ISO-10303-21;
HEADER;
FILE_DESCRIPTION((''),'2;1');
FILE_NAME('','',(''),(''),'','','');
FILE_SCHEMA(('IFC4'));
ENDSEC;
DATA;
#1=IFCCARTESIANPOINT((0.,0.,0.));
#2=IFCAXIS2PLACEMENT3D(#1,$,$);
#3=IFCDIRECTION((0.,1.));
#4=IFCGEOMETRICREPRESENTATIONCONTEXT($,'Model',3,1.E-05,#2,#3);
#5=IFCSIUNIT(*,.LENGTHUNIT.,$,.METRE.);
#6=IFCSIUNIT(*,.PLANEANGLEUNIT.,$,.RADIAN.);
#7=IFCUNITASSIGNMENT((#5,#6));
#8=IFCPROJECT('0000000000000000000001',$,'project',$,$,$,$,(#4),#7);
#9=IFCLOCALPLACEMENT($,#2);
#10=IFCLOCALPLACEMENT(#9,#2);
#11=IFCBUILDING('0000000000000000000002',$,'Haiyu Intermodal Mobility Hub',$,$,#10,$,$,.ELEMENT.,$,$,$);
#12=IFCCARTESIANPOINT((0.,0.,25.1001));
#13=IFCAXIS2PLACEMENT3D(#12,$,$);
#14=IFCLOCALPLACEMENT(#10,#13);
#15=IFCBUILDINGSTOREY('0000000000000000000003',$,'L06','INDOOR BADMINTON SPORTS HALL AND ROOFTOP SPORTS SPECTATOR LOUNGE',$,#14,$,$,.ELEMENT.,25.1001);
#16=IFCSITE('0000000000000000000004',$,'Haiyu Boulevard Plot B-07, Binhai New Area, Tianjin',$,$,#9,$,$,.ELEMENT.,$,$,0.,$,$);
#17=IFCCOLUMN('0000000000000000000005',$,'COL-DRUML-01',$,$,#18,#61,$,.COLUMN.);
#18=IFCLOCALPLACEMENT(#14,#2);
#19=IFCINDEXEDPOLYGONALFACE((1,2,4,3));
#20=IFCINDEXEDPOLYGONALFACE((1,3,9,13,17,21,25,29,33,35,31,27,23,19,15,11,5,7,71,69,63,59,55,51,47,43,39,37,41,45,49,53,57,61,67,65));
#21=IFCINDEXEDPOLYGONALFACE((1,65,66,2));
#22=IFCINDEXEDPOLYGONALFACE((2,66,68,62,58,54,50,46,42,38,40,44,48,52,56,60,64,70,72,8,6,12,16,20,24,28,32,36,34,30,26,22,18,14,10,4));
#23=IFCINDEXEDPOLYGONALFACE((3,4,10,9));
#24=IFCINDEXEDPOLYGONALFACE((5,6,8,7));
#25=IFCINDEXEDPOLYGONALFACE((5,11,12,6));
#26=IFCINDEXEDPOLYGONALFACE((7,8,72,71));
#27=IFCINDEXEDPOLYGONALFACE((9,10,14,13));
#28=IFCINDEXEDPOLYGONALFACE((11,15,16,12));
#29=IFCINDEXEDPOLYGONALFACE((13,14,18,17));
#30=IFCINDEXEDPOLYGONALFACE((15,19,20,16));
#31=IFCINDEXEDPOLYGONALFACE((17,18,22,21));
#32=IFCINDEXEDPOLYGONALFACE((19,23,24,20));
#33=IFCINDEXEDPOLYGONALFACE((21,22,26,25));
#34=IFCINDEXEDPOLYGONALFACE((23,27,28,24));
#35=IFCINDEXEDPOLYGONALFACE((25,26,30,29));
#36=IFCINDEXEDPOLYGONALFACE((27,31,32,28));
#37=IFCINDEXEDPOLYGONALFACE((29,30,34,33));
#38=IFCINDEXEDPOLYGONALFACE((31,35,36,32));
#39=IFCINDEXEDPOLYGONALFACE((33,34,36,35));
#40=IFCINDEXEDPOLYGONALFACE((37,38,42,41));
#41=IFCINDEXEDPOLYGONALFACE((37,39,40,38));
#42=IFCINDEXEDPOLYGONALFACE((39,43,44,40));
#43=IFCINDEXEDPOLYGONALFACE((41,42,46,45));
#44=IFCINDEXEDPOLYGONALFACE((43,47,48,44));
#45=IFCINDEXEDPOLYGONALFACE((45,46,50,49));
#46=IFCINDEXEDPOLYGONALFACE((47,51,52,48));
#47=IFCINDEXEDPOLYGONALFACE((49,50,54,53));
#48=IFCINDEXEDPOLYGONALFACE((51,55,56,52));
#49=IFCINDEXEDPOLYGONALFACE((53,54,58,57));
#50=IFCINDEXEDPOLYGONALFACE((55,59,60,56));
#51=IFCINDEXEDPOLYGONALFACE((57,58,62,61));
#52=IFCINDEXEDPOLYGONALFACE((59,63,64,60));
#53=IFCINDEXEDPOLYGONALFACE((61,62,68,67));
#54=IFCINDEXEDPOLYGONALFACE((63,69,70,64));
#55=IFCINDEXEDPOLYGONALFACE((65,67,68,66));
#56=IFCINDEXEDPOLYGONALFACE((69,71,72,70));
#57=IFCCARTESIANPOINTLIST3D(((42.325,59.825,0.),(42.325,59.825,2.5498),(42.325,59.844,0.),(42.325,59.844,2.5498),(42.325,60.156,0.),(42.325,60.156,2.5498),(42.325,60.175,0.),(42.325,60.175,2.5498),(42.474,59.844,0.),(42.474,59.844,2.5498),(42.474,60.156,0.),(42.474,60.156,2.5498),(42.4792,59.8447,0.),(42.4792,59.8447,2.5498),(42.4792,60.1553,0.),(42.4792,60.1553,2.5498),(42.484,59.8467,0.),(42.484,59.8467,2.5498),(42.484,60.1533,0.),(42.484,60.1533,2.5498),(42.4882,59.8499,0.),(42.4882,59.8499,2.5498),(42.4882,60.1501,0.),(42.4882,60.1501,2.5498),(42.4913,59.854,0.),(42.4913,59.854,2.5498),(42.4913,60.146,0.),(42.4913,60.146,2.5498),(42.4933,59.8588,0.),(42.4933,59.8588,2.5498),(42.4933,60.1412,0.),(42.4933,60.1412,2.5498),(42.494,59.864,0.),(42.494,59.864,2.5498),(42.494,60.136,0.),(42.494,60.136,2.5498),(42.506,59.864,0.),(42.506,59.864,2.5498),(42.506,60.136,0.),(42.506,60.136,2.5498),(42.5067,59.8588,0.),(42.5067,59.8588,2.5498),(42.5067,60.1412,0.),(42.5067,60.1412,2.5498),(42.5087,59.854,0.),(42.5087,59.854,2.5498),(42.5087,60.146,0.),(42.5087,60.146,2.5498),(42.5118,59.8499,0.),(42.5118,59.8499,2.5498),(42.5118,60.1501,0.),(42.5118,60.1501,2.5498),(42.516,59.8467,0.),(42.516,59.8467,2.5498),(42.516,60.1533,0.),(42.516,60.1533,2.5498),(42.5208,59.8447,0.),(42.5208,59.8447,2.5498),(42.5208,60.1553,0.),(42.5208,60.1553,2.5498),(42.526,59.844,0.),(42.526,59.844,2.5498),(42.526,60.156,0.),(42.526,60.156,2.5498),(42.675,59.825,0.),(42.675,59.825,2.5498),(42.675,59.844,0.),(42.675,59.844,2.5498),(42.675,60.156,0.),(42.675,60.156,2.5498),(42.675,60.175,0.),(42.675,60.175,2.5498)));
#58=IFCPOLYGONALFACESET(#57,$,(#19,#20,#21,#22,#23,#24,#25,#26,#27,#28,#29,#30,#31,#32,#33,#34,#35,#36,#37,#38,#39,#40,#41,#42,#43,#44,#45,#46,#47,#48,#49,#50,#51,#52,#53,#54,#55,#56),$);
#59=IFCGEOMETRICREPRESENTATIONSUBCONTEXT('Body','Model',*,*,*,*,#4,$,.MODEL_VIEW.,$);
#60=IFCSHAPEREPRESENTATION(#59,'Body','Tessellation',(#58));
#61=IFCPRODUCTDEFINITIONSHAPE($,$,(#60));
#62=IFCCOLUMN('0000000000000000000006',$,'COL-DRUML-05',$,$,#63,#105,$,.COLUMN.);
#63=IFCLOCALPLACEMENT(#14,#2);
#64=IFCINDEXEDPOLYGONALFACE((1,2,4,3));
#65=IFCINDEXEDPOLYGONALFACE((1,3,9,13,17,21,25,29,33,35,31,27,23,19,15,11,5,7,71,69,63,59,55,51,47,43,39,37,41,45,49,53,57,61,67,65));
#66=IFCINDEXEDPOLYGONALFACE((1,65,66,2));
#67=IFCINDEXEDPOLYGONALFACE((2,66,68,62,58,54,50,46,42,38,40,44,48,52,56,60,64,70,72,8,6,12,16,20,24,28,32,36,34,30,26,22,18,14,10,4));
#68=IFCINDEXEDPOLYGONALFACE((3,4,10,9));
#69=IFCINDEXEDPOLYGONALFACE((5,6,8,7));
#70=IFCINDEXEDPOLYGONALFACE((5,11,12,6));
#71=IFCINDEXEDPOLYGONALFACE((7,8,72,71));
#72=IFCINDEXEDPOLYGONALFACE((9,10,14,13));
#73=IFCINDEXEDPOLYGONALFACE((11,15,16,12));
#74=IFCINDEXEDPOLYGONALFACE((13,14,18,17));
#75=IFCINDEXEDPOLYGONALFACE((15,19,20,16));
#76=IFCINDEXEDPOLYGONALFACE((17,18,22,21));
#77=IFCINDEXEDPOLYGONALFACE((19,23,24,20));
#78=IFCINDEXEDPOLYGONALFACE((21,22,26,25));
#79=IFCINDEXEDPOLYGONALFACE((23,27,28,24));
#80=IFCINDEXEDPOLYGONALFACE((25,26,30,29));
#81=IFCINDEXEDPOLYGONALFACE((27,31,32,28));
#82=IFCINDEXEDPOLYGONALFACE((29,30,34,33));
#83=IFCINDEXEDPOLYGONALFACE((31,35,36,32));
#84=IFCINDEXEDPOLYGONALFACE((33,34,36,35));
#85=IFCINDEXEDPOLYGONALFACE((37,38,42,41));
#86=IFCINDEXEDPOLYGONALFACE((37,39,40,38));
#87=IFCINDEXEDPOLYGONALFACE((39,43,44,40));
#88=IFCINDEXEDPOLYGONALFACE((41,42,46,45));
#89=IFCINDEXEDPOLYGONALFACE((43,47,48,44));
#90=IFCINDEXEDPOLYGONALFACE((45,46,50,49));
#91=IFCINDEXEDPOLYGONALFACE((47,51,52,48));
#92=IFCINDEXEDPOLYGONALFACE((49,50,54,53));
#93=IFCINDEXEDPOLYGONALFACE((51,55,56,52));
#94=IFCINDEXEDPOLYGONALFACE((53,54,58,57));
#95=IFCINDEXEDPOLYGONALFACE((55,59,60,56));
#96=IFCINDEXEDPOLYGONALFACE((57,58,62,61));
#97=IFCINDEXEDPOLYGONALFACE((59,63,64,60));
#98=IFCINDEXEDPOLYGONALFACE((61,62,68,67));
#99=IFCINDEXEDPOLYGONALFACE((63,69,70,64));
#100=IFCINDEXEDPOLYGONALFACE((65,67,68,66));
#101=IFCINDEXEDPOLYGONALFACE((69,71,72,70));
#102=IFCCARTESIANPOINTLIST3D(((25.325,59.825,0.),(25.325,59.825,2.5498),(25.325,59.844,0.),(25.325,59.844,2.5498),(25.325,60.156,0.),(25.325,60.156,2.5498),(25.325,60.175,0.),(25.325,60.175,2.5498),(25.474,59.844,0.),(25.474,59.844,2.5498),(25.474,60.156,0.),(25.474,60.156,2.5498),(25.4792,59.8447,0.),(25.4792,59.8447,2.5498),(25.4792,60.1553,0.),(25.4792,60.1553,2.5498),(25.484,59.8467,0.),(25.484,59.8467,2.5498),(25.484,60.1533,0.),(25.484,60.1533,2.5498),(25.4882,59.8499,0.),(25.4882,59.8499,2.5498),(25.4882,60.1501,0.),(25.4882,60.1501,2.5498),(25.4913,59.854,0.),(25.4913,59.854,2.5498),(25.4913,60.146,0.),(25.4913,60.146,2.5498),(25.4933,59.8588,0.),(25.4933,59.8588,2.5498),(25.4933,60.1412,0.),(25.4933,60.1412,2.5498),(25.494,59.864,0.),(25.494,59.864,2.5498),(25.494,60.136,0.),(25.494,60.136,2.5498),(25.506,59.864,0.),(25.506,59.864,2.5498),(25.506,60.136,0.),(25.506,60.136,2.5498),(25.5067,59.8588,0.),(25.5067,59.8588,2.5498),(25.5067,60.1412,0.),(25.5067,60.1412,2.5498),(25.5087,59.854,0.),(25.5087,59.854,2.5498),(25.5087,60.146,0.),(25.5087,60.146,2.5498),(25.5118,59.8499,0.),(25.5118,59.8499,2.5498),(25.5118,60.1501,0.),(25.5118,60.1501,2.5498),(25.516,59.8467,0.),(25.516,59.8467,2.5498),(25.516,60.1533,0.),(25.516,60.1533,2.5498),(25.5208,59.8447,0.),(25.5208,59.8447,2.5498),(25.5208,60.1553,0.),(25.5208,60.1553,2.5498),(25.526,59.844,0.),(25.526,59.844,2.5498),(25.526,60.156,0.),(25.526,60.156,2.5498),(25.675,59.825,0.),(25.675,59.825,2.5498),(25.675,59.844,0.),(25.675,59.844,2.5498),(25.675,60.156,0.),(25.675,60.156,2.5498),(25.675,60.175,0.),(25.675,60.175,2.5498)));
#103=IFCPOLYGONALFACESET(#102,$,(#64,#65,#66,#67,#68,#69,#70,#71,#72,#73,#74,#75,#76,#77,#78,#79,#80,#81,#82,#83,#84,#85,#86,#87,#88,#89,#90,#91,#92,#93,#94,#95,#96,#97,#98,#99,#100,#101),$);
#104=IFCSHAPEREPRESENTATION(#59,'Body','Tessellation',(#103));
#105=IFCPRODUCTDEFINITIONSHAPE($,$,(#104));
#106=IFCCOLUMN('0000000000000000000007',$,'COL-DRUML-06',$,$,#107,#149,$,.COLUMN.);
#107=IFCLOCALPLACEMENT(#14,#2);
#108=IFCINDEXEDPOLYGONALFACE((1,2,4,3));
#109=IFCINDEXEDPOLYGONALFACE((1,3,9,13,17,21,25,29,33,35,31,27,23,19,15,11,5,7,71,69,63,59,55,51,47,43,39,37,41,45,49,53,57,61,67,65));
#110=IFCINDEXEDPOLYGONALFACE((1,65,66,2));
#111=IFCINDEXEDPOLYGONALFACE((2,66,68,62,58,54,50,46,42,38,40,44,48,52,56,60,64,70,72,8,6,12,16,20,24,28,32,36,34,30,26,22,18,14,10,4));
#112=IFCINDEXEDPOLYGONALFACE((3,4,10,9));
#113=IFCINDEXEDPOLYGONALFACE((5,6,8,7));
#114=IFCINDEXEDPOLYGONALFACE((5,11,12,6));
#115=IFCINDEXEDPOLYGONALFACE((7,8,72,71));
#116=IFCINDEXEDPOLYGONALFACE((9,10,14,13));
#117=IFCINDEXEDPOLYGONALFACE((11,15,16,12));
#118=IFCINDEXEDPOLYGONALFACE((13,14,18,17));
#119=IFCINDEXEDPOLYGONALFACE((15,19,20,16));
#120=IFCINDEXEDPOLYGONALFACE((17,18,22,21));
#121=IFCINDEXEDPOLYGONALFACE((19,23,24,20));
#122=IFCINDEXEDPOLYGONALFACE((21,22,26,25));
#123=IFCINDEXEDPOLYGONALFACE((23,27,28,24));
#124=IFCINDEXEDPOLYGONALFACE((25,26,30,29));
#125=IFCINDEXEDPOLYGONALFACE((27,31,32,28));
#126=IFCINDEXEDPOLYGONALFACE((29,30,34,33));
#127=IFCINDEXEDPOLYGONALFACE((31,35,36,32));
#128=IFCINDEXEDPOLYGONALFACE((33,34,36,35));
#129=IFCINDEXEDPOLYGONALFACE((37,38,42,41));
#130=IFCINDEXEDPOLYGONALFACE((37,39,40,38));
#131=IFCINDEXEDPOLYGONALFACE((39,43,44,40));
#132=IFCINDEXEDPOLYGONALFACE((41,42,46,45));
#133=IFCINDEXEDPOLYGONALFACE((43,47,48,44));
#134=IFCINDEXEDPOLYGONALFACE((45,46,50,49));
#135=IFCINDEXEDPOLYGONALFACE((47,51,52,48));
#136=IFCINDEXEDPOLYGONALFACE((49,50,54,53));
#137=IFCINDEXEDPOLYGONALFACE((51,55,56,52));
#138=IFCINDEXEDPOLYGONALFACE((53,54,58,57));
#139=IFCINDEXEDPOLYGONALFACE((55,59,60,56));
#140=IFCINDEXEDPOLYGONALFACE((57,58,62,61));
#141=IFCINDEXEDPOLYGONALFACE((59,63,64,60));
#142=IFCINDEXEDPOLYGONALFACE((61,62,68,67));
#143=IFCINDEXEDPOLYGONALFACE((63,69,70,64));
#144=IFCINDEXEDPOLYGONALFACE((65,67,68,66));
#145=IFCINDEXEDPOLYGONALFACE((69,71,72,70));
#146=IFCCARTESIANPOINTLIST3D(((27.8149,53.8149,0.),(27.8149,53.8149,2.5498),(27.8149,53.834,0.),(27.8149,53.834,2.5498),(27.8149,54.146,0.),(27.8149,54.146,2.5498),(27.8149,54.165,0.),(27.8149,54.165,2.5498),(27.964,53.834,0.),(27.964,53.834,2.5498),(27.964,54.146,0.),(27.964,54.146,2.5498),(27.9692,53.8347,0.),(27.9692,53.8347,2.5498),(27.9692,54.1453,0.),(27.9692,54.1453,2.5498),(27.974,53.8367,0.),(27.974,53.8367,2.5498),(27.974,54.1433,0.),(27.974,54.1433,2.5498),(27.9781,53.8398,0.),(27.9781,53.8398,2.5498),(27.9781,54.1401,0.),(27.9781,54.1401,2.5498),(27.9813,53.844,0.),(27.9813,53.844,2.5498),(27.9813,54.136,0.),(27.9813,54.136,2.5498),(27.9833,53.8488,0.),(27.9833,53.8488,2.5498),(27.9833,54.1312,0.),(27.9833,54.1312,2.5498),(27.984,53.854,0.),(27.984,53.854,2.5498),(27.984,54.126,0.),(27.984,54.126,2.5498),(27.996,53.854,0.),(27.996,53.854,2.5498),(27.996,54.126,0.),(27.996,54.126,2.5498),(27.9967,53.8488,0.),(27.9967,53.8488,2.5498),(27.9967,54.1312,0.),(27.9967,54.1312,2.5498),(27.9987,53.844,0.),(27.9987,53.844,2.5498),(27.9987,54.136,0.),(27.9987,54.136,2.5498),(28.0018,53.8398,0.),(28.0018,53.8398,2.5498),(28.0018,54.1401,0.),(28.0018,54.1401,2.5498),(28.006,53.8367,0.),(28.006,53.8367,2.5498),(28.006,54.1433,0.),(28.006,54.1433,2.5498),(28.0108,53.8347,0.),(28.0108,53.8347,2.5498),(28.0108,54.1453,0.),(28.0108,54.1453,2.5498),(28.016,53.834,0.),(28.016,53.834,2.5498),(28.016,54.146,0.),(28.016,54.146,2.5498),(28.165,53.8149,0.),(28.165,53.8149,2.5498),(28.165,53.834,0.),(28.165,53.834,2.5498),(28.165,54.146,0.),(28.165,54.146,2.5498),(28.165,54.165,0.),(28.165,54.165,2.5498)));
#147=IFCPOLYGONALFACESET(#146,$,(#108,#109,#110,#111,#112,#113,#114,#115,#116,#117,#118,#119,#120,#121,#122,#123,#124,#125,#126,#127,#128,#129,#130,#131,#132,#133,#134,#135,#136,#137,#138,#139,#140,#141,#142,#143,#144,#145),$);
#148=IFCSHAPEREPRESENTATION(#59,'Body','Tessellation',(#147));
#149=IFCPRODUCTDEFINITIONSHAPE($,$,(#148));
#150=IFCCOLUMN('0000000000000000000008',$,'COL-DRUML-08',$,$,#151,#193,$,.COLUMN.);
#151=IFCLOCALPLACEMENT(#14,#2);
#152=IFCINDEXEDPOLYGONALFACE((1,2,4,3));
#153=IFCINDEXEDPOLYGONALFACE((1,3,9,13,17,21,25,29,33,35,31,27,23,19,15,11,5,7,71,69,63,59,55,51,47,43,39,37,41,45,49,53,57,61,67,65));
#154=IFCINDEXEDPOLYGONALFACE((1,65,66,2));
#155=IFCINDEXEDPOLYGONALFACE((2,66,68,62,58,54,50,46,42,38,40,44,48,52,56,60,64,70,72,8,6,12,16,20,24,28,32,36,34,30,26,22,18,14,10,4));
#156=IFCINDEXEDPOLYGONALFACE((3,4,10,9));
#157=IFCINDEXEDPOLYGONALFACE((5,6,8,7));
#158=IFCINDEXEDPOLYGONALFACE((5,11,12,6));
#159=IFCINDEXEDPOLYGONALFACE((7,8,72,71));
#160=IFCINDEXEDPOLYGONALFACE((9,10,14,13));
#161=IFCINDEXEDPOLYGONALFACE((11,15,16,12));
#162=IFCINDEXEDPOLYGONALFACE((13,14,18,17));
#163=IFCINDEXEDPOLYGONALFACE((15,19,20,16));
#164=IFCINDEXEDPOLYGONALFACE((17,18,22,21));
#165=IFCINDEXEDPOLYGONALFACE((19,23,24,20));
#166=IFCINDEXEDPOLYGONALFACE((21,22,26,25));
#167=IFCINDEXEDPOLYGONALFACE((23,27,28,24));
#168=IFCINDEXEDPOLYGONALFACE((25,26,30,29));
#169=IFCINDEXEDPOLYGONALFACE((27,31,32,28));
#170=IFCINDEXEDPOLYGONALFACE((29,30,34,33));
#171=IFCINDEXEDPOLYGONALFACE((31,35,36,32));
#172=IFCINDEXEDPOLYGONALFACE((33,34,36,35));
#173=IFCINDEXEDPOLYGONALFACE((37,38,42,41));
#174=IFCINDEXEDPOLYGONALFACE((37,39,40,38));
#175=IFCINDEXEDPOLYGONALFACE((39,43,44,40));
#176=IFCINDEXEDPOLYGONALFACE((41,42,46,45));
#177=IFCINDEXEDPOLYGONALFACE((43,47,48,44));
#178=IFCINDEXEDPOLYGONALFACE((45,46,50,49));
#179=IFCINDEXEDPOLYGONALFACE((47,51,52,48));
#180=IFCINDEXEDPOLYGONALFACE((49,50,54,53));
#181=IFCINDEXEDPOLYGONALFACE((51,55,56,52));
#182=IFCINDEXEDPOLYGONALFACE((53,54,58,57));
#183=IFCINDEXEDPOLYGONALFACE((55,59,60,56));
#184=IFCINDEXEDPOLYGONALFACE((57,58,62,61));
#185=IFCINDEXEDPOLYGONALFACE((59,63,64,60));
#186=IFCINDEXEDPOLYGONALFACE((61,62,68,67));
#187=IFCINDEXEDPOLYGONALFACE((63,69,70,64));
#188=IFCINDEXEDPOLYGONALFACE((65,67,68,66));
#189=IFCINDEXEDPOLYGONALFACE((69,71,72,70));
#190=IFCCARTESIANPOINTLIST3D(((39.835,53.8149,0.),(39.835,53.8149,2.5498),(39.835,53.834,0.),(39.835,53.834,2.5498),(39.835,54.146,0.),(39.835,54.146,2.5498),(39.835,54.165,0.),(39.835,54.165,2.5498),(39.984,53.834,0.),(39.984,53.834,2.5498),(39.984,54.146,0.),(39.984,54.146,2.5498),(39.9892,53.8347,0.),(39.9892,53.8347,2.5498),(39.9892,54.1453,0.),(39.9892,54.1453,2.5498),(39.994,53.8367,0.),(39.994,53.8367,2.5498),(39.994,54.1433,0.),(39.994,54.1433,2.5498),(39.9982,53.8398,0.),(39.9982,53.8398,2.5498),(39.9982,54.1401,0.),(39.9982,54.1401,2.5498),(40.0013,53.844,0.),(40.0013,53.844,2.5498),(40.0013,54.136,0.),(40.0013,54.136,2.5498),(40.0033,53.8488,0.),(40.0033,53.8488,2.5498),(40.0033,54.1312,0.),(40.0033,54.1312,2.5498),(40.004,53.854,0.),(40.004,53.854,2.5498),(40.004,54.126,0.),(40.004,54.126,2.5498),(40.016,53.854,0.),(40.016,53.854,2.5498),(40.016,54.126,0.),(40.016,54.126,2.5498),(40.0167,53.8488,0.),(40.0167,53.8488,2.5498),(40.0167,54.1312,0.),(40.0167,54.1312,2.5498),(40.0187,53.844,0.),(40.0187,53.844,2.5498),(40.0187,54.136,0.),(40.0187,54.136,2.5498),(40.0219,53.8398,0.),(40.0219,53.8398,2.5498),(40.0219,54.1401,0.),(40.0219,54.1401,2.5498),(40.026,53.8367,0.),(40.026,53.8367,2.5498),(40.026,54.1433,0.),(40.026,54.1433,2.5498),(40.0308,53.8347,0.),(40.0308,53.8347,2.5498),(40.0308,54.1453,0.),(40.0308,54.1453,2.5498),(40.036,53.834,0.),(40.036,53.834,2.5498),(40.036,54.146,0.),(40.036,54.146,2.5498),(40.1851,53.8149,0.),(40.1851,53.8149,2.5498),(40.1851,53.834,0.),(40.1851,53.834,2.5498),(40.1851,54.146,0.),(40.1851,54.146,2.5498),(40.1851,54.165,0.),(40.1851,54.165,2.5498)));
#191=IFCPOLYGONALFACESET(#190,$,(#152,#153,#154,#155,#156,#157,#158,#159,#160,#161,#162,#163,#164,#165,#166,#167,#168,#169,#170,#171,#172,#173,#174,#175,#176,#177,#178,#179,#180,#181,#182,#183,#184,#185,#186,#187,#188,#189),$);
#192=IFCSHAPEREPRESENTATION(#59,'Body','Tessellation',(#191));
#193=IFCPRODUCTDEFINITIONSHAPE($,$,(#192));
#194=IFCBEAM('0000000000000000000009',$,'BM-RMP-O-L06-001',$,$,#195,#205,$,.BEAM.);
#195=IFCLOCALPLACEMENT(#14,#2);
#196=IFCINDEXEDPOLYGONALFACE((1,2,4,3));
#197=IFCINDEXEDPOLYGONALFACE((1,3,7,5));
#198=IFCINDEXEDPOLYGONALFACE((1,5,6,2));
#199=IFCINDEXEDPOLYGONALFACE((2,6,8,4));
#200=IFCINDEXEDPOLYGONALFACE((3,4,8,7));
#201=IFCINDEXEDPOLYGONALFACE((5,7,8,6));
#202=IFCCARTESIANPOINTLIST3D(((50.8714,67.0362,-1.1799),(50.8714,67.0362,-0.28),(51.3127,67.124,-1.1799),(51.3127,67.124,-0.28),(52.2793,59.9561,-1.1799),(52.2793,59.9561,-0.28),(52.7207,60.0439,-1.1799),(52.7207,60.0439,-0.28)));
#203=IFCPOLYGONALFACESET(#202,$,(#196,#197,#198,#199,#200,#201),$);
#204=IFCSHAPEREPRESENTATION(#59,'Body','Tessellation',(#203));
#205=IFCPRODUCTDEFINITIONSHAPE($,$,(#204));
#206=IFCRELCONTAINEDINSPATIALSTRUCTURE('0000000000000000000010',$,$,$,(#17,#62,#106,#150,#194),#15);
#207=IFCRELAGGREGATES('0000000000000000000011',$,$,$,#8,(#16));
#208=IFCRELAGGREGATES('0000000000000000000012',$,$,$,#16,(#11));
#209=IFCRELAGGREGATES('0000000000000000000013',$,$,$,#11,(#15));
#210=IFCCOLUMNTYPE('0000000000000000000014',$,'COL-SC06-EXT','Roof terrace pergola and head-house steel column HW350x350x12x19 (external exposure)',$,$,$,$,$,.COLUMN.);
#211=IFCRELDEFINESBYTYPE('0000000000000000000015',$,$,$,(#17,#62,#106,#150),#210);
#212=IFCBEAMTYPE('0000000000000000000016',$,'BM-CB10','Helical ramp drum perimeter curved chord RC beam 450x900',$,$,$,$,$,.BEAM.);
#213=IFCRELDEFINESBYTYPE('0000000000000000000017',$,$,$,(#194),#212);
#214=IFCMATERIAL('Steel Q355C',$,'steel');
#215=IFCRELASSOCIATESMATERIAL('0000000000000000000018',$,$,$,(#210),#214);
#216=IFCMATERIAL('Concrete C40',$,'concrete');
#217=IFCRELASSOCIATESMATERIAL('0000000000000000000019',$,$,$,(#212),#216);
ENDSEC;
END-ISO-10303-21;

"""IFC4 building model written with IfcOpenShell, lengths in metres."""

from ifc_helpers import new_model, si_unit, direction, frame, origin, origin_2d, place, context, subcontext, project, spatial, rectangle, i_section, extrude, material, material_profile, profile_set, type_object, element, save


model = new_model("IFC4")

# Units and contexts
model_context = context("Model", 3, precision=1e-05, world=origin(), true_north=direction((0.0, 1.0)))
body_context = subcontext(model_context, "Body", "Model", "MODEL_VIEW")
ifc_project = project(units=[si_unit("LENGTHUNIT", "METRE"), si_unit("PLANEANGLEUNIT", "RADIAN")], contexts=[model_context])

# Site, building, storey
site_placement = place(None, origin())
site = spatial("IfcSite", under=ifc_project, at=site_placement, Name="Haiyu Boulevard Plot B-07, Binhai New Area, Tianjin", CompositionType="ELEMENT", RefElevation=0.0)
building_placement = place(site_placement, origin())
building = spatial("IfcBuilding", under=site, at=building_placement, Name="Haiyu Intermodal Mobility Hub", CompositionType="ELEMENT")
storey_placement = place(building_placement, frame((0.0, 0.0, 25.1001)))
storey = spatial("IfcBuildingStorey", under=building, at=storey_placement, Name="L06", Description="INDOOR BADMINTON SPORTS HALL AND ROOFTOP SPORTS SPECTATOR LOUNGE", CompositionType="ELEMENT", Elevation=25.1001)

# Columns
ifc_material_1 = material(Name="Steel Q355C", Category="steel")
ifc_material_profile_1 = material_profile(ifc_material_1, i_section(OverallWidth=0.3501, OverallDepth=0.3501, WebThickness=0.012, FlangeThickness=0.019, FilletRadius=0.02, at=origin_2d()), Name="HW350x350x12x19")
ifc_profile_set_1 = profile_set([ifc_material_profile_1], Name="Steel Q355C")
column_type = type_object("IfcColumnType", Name="COL-SC06-EXT", Description="Roof terrace pergola and head-house steel column HW350x350x12x19 (external exposure)", PredefinedType="COLUMN", material=ifc_profile_set_1)
for number, where, z_axis, x_axis, name in (
    (1, (42.5, 60.0, 0.0), (0.0, 0.0, 1.0), (1.0, 0.0, 0.0), "COL-DRUML-01"),
    (2, (25.5, 60.0, 0.0), (0.0, 0.0, 1.0), (1.0, 0.0, 0.0), "COL-DRUML-05"),
    (3, (27.99, 53.99, 0.0), (0.0, 0.0, 1.0), (1.0, 0.0, 0.0), "COL-DRUML-06"),
    (4, (40.01, 53.99, 0.0), (0.0, 0.0, 1.0), (1.0, 0.0, 0.0), "COL-DRUML-08"),
):
    element("IfcColumn", number, at=place(storey_placement, frame(where, z_axis=z_axis, x_axis=x_axis)), inside=storey, type_object=column_type, Name=name, PredefinedType="COLUMN", context=body_context, shape_type="SweptSolid", body=[
        extrude(i_section(OverallWidth=0.3501, OverallDepth=0.3501, WebThickness=0.012, FlangeThickness=0.019, FilletRadius=0.02, at=origin_2d()), origin(), (0.0, 0.0, 1.0), 2.5498),
    ])

# Beam
ifc_material_2 = material(Name="Concrete C40", Category="concrete")
ifc_material_profile_2 = material_profile(ifc_material_2, rectangle(XDim=0.45, YDim=0.8999, at=origin_2d()), Name="RCB450x900")
ifc_profile_set_2 = profile_set([ifc_material_profile_2], Name="Concrete C40")
beam_type_1 = type_object("IfcBeamType", Name="BM-CB10", Description="Helical ramp drum perimeter curved chord RC beam 450x900", PredefinedType="BEAM", material=ifc_profile_set_2)
for number, where, z_axis, x_axis, name in (
    (5, (52.5, 60.0, -0.73), (-0.195043, 0.980795, 0.0), (-0.980795, -0.195043, 0.0), "BM-RMP-O-L06-001"),
):
    element("IfcBeam", number, at=place(storey_placement, frame(where, z_axis=z_axis, x_axis=x_axis)), inside=storey, type_object=beam_type_1, Name=name, PredefinedType="BEAM", context=body_context, shape_type="SweptSolid", body=[
        extrude(rectangle(XDim=0.45, YDim=0.8999, at=origin_2d()), origin(), (0.0, 0.0, 1.0), 7.2188),
    ])

save(model, "model.ifc")
